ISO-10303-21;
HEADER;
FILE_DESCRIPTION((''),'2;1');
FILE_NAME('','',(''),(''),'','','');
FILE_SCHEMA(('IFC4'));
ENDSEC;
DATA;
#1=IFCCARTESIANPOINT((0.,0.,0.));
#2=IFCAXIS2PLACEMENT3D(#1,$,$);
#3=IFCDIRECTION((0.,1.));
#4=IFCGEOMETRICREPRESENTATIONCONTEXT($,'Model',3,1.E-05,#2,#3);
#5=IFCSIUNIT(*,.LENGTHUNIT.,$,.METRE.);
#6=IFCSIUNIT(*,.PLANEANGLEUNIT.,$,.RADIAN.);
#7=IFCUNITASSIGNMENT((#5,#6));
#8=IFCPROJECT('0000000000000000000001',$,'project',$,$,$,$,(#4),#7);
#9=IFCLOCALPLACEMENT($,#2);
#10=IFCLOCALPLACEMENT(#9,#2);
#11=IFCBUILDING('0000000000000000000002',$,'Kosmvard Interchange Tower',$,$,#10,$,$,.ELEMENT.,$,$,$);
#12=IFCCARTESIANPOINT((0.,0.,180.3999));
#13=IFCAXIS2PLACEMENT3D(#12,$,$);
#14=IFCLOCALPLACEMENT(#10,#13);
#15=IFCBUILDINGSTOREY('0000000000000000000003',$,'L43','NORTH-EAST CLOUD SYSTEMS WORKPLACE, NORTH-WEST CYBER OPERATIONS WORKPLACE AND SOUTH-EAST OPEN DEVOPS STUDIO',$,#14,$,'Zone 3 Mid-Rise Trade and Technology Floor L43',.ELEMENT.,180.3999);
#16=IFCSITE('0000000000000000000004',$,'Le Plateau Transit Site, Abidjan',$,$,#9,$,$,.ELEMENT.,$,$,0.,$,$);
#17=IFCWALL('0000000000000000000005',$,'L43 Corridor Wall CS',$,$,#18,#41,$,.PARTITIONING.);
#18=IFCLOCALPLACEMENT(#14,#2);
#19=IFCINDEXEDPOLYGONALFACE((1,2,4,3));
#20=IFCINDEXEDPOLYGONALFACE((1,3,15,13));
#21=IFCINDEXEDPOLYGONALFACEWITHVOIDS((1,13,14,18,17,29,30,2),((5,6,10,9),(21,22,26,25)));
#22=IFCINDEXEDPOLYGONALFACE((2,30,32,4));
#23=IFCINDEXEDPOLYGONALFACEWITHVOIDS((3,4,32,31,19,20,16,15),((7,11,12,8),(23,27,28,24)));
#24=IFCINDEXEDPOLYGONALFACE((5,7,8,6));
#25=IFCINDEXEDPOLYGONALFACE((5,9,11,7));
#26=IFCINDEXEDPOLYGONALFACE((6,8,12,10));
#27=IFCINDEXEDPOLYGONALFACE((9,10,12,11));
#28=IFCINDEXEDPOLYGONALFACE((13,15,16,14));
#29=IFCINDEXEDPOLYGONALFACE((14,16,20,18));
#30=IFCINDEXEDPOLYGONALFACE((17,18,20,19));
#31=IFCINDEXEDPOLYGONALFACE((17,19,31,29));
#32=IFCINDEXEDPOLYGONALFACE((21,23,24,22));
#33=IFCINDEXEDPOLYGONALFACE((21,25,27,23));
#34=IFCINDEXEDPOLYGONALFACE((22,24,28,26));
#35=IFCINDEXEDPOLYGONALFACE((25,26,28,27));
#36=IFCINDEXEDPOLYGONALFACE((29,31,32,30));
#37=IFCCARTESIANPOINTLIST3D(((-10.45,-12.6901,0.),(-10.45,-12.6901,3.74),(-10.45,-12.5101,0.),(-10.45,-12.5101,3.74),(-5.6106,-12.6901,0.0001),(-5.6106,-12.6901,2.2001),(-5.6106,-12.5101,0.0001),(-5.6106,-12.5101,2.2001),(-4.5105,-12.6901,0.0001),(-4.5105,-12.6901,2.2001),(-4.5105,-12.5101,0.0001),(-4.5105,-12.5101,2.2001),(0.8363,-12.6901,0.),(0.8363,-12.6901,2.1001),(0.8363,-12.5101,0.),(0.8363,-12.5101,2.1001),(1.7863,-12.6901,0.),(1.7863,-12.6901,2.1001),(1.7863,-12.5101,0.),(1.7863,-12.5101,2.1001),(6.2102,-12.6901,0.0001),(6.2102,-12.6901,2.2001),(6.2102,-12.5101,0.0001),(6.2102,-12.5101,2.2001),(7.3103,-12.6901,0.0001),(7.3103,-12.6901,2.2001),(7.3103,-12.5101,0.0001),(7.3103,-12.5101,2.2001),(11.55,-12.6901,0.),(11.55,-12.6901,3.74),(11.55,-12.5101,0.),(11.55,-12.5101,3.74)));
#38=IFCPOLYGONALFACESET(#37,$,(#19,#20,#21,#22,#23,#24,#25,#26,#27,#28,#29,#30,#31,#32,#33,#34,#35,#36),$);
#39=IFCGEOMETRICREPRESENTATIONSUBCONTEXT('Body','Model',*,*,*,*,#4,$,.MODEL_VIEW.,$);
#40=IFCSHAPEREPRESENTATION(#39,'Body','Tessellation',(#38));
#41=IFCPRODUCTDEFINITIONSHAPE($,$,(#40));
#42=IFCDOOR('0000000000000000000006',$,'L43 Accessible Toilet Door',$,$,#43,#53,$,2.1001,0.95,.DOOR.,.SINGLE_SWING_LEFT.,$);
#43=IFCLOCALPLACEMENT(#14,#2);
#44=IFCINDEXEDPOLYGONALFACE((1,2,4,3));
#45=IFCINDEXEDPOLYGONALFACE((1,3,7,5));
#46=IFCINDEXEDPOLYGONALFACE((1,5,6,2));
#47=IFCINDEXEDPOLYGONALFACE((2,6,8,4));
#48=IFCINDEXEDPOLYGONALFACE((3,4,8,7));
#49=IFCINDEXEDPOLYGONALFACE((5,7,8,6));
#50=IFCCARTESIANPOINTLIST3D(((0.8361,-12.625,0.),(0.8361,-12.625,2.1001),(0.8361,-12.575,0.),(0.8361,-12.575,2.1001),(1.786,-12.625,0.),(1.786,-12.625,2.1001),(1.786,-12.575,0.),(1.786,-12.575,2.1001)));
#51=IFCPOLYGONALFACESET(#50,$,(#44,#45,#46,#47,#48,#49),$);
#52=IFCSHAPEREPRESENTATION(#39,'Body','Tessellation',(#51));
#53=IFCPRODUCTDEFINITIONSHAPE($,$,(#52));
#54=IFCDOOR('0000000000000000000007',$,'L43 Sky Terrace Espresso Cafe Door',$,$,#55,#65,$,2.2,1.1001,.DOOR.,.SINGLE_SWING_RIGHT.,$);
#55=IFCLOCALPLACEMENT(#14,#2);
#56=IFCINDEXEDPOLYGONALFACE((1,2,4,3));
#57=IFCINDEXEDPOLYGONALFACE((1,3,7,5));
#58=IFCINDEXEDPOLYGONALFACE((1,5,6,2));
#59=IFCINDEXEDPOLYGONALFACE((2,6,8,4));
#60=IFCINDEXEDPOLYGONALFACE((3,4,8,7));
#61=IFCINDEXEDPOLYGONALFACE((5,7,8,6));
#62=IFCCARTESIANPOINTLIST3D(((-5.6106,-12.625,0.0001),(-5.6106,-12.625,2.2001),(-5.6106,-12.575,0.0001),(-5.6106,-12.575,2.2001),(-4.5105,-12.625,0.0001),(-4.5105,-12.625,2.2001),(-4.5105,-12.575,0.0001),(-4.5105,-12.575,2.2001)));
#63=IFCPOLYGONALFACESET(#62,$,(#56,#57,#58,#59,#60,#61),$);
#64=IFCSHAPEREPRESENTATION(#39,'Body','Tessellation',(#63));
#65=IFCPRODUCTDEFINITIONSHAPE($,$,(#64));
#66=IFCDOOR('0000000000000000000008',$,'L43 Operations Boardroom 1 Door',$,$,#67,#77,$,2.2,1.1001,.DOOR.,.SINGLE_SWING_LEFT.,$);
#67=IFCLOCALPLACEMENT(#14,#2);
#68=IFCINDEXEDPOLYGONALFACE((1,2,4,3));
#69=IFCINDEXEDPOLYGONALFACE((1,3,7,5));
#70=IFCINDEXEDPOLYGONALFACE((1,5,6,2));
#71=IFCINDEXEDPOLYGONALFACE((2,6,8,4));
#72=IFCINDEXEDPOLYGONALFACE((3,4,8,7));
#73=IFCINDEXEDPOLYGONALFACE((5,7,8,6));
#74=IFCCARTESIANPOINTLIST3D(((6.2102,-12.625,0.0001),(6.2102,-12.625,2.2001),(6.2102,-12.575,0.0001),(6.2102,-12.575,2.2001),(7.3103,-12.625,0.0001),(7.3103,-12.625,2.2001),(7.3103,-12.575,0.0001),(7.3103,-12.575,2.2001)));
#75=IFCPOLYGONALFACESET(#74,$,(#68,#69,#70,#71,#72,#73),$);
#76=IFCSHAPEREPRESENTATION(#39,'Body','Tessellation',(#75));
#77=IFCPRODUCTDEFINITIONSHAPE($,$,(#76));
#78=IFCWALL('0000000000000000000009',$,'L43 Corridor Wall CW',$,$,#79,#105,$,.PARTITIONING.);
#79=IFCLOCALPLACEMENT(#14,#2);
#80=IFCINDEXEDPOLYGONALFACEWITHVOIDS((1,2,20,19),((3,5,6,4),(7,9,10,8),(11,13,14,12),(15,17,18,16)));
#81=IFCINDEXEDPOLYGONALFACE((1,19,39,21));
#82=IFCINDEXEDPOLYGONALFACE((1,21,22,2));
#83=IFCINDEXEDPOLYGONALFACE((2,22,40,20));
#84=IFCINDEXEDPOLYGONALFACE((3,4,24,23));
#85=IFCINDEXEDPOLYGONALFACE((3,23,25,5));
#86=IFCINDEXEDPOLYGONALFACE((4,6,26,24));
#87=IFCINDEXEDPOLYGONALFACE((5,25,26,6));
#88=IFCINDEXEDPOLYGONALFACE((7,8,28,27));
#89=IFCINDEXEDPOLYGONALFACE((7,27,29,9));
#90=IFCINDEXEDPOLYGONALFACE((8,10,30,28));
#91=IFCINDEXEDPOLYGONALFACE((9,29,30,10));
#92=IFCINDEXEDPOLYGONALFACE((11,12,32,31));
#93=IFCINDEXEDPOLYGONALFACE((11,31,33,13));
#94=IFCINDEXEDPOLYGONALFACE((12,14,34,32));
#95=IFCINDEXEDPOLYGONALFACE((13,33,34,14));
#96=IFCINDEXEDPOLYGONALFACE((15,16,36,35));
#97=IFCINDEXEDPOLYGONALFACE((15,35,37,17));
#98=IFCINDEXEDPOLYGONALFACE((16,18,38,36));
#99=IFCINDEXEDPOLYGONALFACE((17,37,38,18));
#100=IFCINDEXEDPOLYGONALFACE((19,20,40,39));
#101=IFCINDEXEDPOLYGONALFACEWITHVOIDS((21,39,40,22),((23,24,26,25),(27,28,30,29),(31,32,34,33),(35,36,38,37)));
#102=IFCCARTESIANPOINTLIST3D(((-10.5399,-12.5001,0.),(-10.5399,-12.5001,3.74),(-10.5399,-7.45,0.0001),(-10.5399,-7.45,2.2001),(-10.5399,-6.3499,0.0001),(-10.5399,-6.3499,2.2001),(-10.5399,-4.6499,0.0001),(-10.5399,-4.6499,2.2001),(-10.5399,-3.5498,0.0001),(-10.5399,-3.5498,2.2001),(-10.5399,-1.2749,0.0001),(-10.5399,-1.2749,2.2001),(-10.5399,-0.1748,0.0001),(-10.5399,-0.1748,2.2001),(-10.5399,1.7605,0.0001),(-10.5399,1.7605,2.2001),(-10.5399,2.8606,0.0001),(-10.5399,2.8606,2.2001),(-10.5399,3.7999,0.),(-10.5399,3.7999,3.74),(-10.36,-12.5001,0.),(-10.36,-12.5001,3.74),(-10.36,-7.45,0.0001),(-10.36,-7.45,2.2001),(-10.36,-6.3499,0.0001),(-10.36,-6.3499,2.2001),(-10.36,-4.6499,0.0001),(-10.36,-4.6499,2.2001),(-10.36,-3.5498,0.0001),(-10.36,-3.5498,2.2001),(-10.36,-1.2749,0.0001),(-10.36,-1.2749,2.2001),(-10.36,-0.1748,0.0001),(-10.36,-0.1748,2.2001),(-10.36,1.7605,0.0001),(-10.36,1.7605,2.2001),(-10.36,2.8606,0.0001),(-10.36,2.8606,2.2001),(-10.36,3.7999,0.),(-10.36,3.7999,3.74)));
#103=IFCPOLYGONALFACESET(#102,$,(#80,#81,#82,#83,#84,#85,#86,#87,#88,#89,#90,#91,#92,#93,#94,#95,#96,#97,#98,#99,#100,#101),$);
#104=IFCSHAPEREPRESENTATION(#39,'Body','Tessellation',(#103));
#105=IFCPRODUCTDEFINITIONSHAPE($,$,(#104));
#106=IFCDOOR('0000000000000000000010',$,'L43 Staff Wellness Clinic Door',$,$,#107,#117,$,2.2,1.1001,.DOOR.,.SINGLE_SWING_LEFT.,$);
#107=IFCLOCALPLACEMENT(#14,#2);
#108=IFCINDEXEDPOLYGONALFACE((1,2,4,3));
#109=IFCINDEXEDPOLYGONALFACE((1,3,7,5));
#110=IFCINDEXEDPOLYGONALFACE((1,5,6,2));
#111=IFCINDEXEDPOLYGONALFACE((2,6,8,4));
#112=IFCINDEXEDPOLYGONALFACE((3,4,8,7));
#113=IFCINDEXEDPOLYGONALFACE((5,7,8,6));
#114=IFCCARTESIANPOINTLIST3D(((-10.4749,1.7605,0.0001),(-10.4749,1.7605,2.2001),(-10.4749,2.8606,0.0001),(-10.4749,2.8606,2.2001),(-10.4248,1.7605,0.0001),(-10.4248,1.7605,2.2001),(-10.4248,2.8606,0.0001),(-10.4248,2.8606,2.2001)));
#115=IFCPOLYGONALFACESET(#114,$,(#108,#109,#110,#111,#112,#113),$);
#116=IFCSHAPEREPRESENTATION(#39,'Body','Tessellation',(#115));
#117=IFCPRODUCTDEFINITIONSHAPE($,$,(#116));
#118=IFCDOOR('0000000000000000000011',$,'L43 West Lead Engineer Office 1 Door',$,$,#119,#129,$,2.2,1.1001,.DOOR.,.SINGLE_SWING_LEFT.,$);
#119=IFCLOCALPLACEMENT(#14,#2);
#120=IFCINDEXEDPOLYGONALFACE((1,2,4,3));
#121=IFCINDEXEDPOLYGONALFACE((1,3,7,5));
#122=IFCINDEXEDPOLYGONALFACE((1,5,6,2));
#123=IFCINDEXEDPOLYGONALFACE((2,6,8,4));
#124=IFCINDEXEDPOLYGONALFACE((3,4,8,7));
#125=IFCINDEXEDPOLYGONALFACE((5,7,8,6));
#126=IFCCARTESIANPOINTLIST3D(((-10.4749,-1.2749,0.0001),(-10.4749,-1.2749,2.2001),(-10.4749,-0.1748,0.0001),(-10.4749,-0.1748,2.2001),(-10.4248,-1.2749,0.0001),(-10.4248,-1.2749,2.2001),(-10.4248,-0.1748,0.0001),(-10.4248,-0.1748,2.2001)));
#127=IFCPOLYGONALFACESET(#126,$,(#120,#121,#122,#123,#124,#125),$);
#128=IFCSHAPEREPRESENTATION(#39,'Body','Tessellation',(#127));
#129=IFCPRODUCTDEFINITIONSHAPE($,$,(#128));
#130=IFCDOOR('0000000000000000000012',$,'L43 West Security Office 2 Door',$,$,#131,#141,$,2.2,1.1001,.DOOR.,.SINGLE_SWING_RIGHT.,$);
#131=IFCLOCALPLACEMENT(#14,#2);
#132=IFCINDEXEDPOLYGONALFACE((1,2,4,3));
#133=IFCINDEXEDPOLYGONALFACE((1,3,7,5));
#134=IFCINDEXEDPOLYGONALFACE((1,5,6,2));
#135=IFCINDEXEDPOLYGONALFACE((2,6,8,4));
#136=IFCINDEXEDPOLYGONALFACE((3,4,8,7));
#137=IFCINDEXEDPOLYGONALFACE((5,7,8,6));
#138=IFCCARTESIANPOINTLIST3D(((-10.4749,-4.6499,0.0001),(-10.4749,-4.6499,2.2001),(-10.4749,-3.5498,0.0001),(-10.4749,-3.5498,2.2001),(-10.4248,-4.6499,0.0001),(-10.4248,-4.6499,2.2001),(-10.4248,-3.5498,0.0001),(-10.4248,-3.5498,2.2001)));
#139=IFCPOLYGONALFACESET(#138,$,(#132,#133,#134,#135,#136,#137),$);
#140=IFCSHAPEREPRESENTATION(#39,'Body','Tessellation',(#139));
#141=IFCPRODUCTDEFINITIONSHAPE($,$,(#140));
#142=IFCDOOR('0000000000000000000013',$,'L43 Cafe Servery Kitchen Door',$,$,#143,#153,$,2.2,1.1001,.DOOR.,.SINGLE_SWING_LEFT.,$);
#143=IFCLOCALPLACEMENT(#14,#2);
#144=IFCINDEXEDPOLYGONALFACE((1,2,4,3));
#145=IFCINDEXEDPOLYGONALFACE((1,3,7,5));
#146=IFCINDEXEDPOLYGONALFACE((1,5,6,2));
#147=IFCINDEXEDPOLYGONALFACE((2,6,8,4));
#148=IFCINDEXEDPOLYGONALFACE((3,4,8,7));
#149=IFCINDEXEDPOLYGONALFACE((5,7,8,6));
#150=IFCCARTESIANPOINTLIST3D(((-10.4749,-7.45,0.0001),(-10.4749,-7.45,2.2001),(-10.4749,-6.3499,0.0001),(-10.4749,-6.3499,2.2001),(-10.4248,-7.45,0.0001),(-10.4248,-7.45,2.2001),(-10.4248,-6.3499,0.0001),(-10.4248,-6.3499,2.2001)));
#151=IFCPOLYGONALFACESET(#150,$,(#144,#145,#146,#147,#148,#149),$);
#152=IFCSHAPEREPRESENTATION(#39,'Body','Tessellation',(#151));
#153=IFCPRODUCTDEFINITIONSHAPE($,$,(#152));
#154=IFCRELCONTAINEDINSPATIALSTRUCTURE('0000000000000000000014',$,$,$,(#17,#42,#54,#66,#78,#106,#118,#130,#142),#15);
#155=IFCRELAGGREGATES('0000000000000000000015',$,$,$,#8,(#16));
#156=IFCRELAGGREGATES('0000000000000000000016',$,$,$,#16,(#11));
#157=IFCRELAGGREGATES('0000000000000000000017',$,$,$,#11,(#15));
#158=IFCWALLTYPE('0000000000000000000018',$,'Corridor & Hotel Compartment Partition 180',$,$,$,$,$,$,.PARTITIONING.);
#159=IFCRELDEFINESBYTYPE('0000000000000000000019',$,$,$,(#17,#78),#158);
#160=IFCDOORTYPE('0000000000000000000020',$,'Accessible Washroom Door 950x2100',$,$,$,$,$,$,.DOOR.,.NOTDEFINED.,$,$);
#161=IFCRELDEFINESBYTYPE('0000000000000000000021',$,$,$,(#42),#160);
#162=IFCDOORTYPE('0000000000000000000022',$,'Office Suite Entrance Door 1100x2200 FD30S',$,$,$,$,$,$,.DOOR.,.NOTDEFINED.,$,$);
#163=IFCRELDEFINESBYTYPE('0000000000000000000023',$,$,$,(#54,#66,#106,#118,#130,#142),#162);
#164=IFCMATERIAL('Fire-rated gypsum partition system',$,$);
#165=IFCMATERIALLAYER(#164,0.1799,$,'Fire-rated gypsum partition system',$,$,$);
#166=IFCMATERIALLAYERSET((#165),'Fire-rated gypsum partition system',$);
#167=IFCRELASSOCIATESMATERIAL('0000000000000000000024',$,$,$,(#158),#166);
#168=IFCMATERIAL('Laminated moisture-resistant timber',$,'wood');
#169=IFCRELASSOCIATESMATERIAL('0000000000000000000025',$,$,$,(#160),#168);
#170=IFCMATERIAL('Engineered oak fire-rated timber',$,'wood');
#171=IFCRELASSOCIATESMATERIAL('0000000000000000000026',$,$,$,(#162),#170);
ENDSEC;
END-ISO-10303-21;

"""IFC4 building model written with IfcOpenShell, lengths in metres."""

from ifc_helpers import new_model, si_unit, direction, frame, frame_2d, origin, place, context, subcontext, project, spatial, rectangle, extrude, source, transform, mapped, material, layer, layer_set, type_object, element, fill, save


model = new_model("IFC4")

# Units and contexts
model_context = context("Model", 3, precision=1e-05, world=origin(), true_north=direction((0.0, 1.0)))
body_context = subcontext(model_context, "Body", "Model", "MODEL_VIEW")
ifc_project = project(units=[si_unit("LENGTHUNIT", "METRE"), si_unit("PLANEANGLEUNIT", "RADIAN")], contexts=[model_context])

# Site, building, storey
site_placement = place(None, origin())
site = spatial("IfcSite", under=ifc_project, at=site_placement, Name="Le Plateau Transit Site, Abidjan", CompositionType="ELEMENT", RefElevation=0.0)
building_placement = place(site_placement, origin())
building = spatial("IfcBuilding", under=site, at=building_placement, Name="Kosmvard Interchange Tower", CompositionType="ELEMENT")
storey_placement = place(building_placement, frame((0.0, 0.0, 180.3999)))
storey = spatial("IfcBuildingStorey", under=building, at=storey_placement, Name="L43", Description="NORTH-EAST CLOUD SYSTEMS WORKPLACE, NORTH-WEST CYBER OPERATIONS WORKPLACE AND SOUTH-EAST OPEN DEVOPS STUDIO", LongName="Zone 3 Mid-Rise Trade and Technology Floor L43", CompositionType="ELEMENT", Elevation=180.3999)

# Walls, openings, doors
ifc_material_1 = material(Name="Fire-rated gypsum partition system")
ifc_layer_1 = layer(ifc_material_1, 0.1799, Name="Fire-rated gypsum partition system")
ifc_layer_set_1 = layer_set([ifc_layer_1], Name="Fire-rated gypsum partition system")
wall_type_1 = type_object("IfcWallType", Name="Corridor & Hotel Compartment Partition 180", PredefinedType="PARTITIONING", material=ifc_layer_set_1)
wall_1_placement = place(storey_placement, frame((-10.45, -12.6001, 0.0), z_axis=(0.0, 0.0, 1.0), x_axis=(1.0, 0.0, 0.0)))
wall_1 = element("IfcWall", 1, at=wall_1_placement, inside=storey, type_object=wall_type_1, Name="L43 Corridor Wall CS", PredefinedType="PARTITIONING", context=body_context, shape_type="SweptSolid", body=[
    extrude(rectangle(XDim=22.0, YDim=0.1799, at=frame_2d((11.0, 0.0))), origin(), (0.0, 0.0, 1.0), 3.74),
])
opening_1_placement = place(wall_1_placement, frame((11.2861, 0.0, 0.0)))
opening_1 = element("IfcOpeningElement", 2, at=opening_1_placement, cuts=wall_1, PredefinedType="OPENING", context=body_context, shape_type="SweptSolid", body=[
    extrude(rectangle(XDim=0.95, YDim=2.1001, at=frame_2d((0.4751, 1.05))), frame((0.0, 0.1001, 0.0), z_axis=(0.0, -1.0, 0.0), x_axis=(1.0, 0.0, 0.0)), (0.0, 0.0, 1.0), 0.2),
])
opening_2_placement = place(wall_1_placement, frame((4.8394, 0.0, 0.0)))
opening_2 = element("IfcOpeningElement", 3, at=opening_2_placement, cuts=wall_1, PredefinedType="OPENING", context=body_context, shape_type="SweptSolid", body=[
    extrude(rectangle(XDim=1.1001, YDim=2.2, at=frame_2d((0.55, 1.1001))), frame((0.0, 0.1001, 0.0), z_axis=(0.0, -1.0, 0.0), x_axis=(1.0, 0.0, 0.0)), (0.0, 0.0, 1.0), 0.2),
])
opening_3_placement = place(wall_1_placement, frame((16.6602, 0.0, 0.0)))
opening_3 = element("IfcOpeningElement", 4, at=opening_3_placement, cuts=wall_1, PredefinedType="OPENING", context=body_context, shape_type="SweptSolid", body=[
    extrude(rectangle(XDim=1.1001, YDim=2.2, at=frame_2d((0.55, 1.1001))), frame((0.0, 0.1001, 0.0), z_axis=(0.0, -1.0, 0.0), x_axis=(1.0, 0.0, 0.0)), (0.0, 0.0, 1.0), 0.2),
])
ifc_material_2 = material(Name="Laminated moisture-resistant timber", Category="wood")
door_type_1 = type_object("IfcDoorType", Name="Accessible Washroom Door 950x2100", OperationType="NOTDEFINED", PredefinedType="DOOR", material=ifc_material_2)
shared_shape_1 = source(origin(), body_context, "Body", "SweptSolid", [
    extrude(rectangle(XDim=0.95, YDim=2.1001, at=frame_2d((0.4751, 1.05))), frame((0.0, 0.0249, 0.0), z_axis=(0.0, -1.0, 0.0), x_axis=(1.0, 0.0, 0.0)), (0.0, 0.0, 1.0), 0.05),
])
door_1_placement = place(opening_1_placement, frame((0.95, 0.0, 0.0), z_axis=(0.0, 0.0, 1.0), x_axis=(-1.0, 0.0, 0.0)))
door_1 = element("IfcDoor", 5, at=door_1_placement, inside=storey, type_object=door_type_1, Name="L43 Accessible Toilet Door", OperationType="SINGLE_SWING_LEFT", OverallHeight=2.1001, OverallWidth=0.95, PredefinedType="DOOR", context=body_context, shape_type="MappedRepresentation", body=[
    mapped(shared_shape_1, transform((0.0, 0.0, 0.0), scale=1.0)),
])
fill(opening_1, door_1)
ifc_material_3 = material(Name="Engineered oak fire-rated timber", Category="wood")
door_type_2 = type_object("IfcDoorType", Name="Office Suite Entrance Door 1100x2200 FD30S", OperationType="NOTDEFINED", PredefinedType="DOOR", material=ifc_material_3)
shared_shape_2 = source(origin(), body_context, "Body", "SweptSolid", [
    extrude(rectangle(XDim=1.1001, YDim=2.2, at=frame_2d((0.55, 1.1001))), frame((0.0, 0.0249, 0.0), z_axis=(0.0, -1.0, 0.0), x_axis=(1.0, 0.0, 0.0)), (0.0, 0.0, 1.0), 0.05),
])
door_2_placement = place(opening_2_placement, frame((1.1001, 0.0, 0.0), z_axis=(0.0, 0.0, 1.0), x_axis=(-1.0, 0.0, 0.0)))
door_2 = element("IfcDoor", 6, at=door_2_placement, inside=storey, type_object=door_type_2, Name="L43 Sky Terrace Espresso Cafe Door", OperationType="SINGLE_SWING_RIGHT", OverallHeight=2.2, OverallWidth=1.1001, PredefinedType="DOOR", context=body_context, shape_type="MappedRepresentation", body=[
    mapped(shared_shape_2, transform((0.0, 0.0, 0.0), scale=1.0)),
])
fill(opening_2, door_2)
door_3_placement = place(opening_3_placement, frame((1.1001, 0.0, 0.0), z_axis=(0.0, 0.0, 1.0), x_axis=(-1.0, 0.0, 0.0)))
door_3 = element("IfcDoor", 7, at=door_3_placement, inside=storey, type_object=door_type_2, Name="L43 Operations Boardroom 1 Door", OperationType="SINGLE_SWING_LEFT", OverallHeight=2.2, OverallWidth=1.1001, PredefinedType="DOOR", context=body_context, shape_type="MappedRepresentation", body=[
    mapped(shared_shape_2, transform((0.0, 0.0, 0.0), scale=1.0)),
])
fill(opening_3, door_3)
wall_2_placement = place(storey_placement, frame((-10.45, -12.5, 0.0), z_axis=(0.0, 0.0, 1.0), x_axis=(0.0, 1.0, 0.0)))
wall_2 = element("IfcWall", 8, at=wall_2_placement, inside=storey, type_object=wall_type_1, Name="L43 Corridor Wall CW", PredefinedType="PARTITIONING", context=body_context, shape_type="SweptSolid", body=[
    extrude(rectangle(XDim=16.3, YDim=0.1799, at=frame_2d((8.1499, 0.0))), origin(), (0.0, 0.0, 1.0), 3.74),
])
opening_4_placement = place(wall_2_placement, frame((14.2605, 0.0, 0.0)))
opening_4 = element("IfcOpeningElement", 9, at=opening_4_placement, cuts=wall_2, PredefinedType="OPENING", context=body_context, shape_type="SweptSolid", body=[
    extrude(rectangle(XDim=1.1001, YDim=2.2, at=frame_2d((0.55, 1.1001))), frame((0.0, 0.1001, 0.0), z_axis=(0.0, -1.0, 0.0), x_axis=(1.0, 0.0, 0.0)), (0.0, 0.0, 1.0), 0.2),
])
opening_5_placement = place(wall_2_placement, frame((11.2251, 0.0, 0.0)))
opening_5 = element("IfcOpeningElement", 10, at=opening_5_placement, cuts=wall_2, PredefinedType="OPENING", context=body_context, shape_type="SweptSolid", body=[
    extrude(rectangle(XDim=1.1001, YDim=2.2, at=frame_2d((0.55, 1.1001))), frame((0.0, 0.1001, 0.0), z_axis=(0.0, -1.0, 0.0), x_axis=(1.0, 0.0, 0.0)), (0.0, 0.0, 1.0), 0.2),
])
opening_6_placement = place(wall_2_placement, frame((7.8501, 0.0, 0.0)))
opening_6 = element("IfcOpeningElement", 11, at=opening_6_placement, cuts=wall_2, PredefinedType="OPENING", context=body_context, shape_type="SweptSolid", body=[
    extrude(rectangle(XDim=1.1001, YDim=2.2, at=frame_2d((0.55, 1.1001))), frame((0.0, 0.1001, 0.0), z_axis=(0.0, -1.0, 0.0), x_axis=(1.0, 0.0, 0.0)), (0.0, 0.0, 1.0), 0.2),
])
opening_7_placement = place(wall_2_placement, frame((5.05, 0.0, 0.0)))
opening_7 = element("IfcOpeningElement", 12, at=opening_7_placement, cuts=wall_2, PredefinedType="OPENING", context=body_context, shape_type="SweptSolid", body=[
    extrude(rectangle(XDim=1.1001, YDim=2.2, at=frame_2d((0.55, 1.1001))), frame((0.0, 0.1001, 0.0), z_axis=(0.0, -1.0, 0.0), x_axis=(1.0, 0.0, 0.0)), (0.0, 0.0, 1.0), 0.2),
])
door_4_placement = place(opening_4_placement, origin())
door_4 = element("IfcDoor", 13, at=door_4_placement, inside=storey, type_object=door_type_2, Name="L43 Staff Wellness Clinic Door", OperationType="SINGLE_SWING_LEFT", OverallHeight=2.2, OverallWidth=1.1001, PredefinedType="DOOR", context=body_context, shape_type="MappedRepresentation", body=[
    mapped(shared_shape_2, transform((0.0, 0.0, 0.0), scale=1.0)),
])
fill(opening_4, door_4)
door_5_placement = place(opening_5_placement, origin())
door_5 = element("IfcDoor", 14, at=door_5_placement, inside=storey, type_object=door_type_2, Name="L43 West Lead Engineer Office 1 Door", OperationType="SINGLE_SWING_LEFT", OverallHeight=2.2, OverallWidth=1.1001, PredefinedType="DOOR", context=body_context, shape_type="MappedRepresentation", body=[
    mapped(shared_shape_2, transform((0.0, 0.0, 0.0), scale=1.0)),
])
fill(opening_5, door_5)
door_6_placement = place(opening_6_placement, origin())
door_6 = element("IfcDoor", 15, at=door_6_placement, inside=storey, type_object=door_type_2, Name="L43 West Security Office 2 Door", OperationType="SINGLE_SWING_RIGHT", OverallHeight=2.2, OverallWidth=1.1001, PredefinedType="DOOR", context=body_context, shape_type="MappedRepresentation", body=[
    mapped(shared_shape_2, transform((0.0, 0.0, 0.0), scale=1.0)),
])
fill(opening_6, door_6)
door_7_placement = place(opening_7_placement, origin())
door_7 = element("IfcDoor", 16, at=door_7_placement, inside=storey, type_object=door_type_2, Name="L43 Cafe Servery Kitchen Door", OperationType="SINGLE_SWING_LEFT", OverallHeight=2.2, OverallWidth=1.1001, PredefinedType="DOOR", context=body_context, shape_type="MappedRepresentation", body=[
    mapped(shared_shape_2, transform((0.0, 0.0, 0.0), scale=1.0)),
])
fill(opening_7, door_7)

save(model, "model.ifc")
